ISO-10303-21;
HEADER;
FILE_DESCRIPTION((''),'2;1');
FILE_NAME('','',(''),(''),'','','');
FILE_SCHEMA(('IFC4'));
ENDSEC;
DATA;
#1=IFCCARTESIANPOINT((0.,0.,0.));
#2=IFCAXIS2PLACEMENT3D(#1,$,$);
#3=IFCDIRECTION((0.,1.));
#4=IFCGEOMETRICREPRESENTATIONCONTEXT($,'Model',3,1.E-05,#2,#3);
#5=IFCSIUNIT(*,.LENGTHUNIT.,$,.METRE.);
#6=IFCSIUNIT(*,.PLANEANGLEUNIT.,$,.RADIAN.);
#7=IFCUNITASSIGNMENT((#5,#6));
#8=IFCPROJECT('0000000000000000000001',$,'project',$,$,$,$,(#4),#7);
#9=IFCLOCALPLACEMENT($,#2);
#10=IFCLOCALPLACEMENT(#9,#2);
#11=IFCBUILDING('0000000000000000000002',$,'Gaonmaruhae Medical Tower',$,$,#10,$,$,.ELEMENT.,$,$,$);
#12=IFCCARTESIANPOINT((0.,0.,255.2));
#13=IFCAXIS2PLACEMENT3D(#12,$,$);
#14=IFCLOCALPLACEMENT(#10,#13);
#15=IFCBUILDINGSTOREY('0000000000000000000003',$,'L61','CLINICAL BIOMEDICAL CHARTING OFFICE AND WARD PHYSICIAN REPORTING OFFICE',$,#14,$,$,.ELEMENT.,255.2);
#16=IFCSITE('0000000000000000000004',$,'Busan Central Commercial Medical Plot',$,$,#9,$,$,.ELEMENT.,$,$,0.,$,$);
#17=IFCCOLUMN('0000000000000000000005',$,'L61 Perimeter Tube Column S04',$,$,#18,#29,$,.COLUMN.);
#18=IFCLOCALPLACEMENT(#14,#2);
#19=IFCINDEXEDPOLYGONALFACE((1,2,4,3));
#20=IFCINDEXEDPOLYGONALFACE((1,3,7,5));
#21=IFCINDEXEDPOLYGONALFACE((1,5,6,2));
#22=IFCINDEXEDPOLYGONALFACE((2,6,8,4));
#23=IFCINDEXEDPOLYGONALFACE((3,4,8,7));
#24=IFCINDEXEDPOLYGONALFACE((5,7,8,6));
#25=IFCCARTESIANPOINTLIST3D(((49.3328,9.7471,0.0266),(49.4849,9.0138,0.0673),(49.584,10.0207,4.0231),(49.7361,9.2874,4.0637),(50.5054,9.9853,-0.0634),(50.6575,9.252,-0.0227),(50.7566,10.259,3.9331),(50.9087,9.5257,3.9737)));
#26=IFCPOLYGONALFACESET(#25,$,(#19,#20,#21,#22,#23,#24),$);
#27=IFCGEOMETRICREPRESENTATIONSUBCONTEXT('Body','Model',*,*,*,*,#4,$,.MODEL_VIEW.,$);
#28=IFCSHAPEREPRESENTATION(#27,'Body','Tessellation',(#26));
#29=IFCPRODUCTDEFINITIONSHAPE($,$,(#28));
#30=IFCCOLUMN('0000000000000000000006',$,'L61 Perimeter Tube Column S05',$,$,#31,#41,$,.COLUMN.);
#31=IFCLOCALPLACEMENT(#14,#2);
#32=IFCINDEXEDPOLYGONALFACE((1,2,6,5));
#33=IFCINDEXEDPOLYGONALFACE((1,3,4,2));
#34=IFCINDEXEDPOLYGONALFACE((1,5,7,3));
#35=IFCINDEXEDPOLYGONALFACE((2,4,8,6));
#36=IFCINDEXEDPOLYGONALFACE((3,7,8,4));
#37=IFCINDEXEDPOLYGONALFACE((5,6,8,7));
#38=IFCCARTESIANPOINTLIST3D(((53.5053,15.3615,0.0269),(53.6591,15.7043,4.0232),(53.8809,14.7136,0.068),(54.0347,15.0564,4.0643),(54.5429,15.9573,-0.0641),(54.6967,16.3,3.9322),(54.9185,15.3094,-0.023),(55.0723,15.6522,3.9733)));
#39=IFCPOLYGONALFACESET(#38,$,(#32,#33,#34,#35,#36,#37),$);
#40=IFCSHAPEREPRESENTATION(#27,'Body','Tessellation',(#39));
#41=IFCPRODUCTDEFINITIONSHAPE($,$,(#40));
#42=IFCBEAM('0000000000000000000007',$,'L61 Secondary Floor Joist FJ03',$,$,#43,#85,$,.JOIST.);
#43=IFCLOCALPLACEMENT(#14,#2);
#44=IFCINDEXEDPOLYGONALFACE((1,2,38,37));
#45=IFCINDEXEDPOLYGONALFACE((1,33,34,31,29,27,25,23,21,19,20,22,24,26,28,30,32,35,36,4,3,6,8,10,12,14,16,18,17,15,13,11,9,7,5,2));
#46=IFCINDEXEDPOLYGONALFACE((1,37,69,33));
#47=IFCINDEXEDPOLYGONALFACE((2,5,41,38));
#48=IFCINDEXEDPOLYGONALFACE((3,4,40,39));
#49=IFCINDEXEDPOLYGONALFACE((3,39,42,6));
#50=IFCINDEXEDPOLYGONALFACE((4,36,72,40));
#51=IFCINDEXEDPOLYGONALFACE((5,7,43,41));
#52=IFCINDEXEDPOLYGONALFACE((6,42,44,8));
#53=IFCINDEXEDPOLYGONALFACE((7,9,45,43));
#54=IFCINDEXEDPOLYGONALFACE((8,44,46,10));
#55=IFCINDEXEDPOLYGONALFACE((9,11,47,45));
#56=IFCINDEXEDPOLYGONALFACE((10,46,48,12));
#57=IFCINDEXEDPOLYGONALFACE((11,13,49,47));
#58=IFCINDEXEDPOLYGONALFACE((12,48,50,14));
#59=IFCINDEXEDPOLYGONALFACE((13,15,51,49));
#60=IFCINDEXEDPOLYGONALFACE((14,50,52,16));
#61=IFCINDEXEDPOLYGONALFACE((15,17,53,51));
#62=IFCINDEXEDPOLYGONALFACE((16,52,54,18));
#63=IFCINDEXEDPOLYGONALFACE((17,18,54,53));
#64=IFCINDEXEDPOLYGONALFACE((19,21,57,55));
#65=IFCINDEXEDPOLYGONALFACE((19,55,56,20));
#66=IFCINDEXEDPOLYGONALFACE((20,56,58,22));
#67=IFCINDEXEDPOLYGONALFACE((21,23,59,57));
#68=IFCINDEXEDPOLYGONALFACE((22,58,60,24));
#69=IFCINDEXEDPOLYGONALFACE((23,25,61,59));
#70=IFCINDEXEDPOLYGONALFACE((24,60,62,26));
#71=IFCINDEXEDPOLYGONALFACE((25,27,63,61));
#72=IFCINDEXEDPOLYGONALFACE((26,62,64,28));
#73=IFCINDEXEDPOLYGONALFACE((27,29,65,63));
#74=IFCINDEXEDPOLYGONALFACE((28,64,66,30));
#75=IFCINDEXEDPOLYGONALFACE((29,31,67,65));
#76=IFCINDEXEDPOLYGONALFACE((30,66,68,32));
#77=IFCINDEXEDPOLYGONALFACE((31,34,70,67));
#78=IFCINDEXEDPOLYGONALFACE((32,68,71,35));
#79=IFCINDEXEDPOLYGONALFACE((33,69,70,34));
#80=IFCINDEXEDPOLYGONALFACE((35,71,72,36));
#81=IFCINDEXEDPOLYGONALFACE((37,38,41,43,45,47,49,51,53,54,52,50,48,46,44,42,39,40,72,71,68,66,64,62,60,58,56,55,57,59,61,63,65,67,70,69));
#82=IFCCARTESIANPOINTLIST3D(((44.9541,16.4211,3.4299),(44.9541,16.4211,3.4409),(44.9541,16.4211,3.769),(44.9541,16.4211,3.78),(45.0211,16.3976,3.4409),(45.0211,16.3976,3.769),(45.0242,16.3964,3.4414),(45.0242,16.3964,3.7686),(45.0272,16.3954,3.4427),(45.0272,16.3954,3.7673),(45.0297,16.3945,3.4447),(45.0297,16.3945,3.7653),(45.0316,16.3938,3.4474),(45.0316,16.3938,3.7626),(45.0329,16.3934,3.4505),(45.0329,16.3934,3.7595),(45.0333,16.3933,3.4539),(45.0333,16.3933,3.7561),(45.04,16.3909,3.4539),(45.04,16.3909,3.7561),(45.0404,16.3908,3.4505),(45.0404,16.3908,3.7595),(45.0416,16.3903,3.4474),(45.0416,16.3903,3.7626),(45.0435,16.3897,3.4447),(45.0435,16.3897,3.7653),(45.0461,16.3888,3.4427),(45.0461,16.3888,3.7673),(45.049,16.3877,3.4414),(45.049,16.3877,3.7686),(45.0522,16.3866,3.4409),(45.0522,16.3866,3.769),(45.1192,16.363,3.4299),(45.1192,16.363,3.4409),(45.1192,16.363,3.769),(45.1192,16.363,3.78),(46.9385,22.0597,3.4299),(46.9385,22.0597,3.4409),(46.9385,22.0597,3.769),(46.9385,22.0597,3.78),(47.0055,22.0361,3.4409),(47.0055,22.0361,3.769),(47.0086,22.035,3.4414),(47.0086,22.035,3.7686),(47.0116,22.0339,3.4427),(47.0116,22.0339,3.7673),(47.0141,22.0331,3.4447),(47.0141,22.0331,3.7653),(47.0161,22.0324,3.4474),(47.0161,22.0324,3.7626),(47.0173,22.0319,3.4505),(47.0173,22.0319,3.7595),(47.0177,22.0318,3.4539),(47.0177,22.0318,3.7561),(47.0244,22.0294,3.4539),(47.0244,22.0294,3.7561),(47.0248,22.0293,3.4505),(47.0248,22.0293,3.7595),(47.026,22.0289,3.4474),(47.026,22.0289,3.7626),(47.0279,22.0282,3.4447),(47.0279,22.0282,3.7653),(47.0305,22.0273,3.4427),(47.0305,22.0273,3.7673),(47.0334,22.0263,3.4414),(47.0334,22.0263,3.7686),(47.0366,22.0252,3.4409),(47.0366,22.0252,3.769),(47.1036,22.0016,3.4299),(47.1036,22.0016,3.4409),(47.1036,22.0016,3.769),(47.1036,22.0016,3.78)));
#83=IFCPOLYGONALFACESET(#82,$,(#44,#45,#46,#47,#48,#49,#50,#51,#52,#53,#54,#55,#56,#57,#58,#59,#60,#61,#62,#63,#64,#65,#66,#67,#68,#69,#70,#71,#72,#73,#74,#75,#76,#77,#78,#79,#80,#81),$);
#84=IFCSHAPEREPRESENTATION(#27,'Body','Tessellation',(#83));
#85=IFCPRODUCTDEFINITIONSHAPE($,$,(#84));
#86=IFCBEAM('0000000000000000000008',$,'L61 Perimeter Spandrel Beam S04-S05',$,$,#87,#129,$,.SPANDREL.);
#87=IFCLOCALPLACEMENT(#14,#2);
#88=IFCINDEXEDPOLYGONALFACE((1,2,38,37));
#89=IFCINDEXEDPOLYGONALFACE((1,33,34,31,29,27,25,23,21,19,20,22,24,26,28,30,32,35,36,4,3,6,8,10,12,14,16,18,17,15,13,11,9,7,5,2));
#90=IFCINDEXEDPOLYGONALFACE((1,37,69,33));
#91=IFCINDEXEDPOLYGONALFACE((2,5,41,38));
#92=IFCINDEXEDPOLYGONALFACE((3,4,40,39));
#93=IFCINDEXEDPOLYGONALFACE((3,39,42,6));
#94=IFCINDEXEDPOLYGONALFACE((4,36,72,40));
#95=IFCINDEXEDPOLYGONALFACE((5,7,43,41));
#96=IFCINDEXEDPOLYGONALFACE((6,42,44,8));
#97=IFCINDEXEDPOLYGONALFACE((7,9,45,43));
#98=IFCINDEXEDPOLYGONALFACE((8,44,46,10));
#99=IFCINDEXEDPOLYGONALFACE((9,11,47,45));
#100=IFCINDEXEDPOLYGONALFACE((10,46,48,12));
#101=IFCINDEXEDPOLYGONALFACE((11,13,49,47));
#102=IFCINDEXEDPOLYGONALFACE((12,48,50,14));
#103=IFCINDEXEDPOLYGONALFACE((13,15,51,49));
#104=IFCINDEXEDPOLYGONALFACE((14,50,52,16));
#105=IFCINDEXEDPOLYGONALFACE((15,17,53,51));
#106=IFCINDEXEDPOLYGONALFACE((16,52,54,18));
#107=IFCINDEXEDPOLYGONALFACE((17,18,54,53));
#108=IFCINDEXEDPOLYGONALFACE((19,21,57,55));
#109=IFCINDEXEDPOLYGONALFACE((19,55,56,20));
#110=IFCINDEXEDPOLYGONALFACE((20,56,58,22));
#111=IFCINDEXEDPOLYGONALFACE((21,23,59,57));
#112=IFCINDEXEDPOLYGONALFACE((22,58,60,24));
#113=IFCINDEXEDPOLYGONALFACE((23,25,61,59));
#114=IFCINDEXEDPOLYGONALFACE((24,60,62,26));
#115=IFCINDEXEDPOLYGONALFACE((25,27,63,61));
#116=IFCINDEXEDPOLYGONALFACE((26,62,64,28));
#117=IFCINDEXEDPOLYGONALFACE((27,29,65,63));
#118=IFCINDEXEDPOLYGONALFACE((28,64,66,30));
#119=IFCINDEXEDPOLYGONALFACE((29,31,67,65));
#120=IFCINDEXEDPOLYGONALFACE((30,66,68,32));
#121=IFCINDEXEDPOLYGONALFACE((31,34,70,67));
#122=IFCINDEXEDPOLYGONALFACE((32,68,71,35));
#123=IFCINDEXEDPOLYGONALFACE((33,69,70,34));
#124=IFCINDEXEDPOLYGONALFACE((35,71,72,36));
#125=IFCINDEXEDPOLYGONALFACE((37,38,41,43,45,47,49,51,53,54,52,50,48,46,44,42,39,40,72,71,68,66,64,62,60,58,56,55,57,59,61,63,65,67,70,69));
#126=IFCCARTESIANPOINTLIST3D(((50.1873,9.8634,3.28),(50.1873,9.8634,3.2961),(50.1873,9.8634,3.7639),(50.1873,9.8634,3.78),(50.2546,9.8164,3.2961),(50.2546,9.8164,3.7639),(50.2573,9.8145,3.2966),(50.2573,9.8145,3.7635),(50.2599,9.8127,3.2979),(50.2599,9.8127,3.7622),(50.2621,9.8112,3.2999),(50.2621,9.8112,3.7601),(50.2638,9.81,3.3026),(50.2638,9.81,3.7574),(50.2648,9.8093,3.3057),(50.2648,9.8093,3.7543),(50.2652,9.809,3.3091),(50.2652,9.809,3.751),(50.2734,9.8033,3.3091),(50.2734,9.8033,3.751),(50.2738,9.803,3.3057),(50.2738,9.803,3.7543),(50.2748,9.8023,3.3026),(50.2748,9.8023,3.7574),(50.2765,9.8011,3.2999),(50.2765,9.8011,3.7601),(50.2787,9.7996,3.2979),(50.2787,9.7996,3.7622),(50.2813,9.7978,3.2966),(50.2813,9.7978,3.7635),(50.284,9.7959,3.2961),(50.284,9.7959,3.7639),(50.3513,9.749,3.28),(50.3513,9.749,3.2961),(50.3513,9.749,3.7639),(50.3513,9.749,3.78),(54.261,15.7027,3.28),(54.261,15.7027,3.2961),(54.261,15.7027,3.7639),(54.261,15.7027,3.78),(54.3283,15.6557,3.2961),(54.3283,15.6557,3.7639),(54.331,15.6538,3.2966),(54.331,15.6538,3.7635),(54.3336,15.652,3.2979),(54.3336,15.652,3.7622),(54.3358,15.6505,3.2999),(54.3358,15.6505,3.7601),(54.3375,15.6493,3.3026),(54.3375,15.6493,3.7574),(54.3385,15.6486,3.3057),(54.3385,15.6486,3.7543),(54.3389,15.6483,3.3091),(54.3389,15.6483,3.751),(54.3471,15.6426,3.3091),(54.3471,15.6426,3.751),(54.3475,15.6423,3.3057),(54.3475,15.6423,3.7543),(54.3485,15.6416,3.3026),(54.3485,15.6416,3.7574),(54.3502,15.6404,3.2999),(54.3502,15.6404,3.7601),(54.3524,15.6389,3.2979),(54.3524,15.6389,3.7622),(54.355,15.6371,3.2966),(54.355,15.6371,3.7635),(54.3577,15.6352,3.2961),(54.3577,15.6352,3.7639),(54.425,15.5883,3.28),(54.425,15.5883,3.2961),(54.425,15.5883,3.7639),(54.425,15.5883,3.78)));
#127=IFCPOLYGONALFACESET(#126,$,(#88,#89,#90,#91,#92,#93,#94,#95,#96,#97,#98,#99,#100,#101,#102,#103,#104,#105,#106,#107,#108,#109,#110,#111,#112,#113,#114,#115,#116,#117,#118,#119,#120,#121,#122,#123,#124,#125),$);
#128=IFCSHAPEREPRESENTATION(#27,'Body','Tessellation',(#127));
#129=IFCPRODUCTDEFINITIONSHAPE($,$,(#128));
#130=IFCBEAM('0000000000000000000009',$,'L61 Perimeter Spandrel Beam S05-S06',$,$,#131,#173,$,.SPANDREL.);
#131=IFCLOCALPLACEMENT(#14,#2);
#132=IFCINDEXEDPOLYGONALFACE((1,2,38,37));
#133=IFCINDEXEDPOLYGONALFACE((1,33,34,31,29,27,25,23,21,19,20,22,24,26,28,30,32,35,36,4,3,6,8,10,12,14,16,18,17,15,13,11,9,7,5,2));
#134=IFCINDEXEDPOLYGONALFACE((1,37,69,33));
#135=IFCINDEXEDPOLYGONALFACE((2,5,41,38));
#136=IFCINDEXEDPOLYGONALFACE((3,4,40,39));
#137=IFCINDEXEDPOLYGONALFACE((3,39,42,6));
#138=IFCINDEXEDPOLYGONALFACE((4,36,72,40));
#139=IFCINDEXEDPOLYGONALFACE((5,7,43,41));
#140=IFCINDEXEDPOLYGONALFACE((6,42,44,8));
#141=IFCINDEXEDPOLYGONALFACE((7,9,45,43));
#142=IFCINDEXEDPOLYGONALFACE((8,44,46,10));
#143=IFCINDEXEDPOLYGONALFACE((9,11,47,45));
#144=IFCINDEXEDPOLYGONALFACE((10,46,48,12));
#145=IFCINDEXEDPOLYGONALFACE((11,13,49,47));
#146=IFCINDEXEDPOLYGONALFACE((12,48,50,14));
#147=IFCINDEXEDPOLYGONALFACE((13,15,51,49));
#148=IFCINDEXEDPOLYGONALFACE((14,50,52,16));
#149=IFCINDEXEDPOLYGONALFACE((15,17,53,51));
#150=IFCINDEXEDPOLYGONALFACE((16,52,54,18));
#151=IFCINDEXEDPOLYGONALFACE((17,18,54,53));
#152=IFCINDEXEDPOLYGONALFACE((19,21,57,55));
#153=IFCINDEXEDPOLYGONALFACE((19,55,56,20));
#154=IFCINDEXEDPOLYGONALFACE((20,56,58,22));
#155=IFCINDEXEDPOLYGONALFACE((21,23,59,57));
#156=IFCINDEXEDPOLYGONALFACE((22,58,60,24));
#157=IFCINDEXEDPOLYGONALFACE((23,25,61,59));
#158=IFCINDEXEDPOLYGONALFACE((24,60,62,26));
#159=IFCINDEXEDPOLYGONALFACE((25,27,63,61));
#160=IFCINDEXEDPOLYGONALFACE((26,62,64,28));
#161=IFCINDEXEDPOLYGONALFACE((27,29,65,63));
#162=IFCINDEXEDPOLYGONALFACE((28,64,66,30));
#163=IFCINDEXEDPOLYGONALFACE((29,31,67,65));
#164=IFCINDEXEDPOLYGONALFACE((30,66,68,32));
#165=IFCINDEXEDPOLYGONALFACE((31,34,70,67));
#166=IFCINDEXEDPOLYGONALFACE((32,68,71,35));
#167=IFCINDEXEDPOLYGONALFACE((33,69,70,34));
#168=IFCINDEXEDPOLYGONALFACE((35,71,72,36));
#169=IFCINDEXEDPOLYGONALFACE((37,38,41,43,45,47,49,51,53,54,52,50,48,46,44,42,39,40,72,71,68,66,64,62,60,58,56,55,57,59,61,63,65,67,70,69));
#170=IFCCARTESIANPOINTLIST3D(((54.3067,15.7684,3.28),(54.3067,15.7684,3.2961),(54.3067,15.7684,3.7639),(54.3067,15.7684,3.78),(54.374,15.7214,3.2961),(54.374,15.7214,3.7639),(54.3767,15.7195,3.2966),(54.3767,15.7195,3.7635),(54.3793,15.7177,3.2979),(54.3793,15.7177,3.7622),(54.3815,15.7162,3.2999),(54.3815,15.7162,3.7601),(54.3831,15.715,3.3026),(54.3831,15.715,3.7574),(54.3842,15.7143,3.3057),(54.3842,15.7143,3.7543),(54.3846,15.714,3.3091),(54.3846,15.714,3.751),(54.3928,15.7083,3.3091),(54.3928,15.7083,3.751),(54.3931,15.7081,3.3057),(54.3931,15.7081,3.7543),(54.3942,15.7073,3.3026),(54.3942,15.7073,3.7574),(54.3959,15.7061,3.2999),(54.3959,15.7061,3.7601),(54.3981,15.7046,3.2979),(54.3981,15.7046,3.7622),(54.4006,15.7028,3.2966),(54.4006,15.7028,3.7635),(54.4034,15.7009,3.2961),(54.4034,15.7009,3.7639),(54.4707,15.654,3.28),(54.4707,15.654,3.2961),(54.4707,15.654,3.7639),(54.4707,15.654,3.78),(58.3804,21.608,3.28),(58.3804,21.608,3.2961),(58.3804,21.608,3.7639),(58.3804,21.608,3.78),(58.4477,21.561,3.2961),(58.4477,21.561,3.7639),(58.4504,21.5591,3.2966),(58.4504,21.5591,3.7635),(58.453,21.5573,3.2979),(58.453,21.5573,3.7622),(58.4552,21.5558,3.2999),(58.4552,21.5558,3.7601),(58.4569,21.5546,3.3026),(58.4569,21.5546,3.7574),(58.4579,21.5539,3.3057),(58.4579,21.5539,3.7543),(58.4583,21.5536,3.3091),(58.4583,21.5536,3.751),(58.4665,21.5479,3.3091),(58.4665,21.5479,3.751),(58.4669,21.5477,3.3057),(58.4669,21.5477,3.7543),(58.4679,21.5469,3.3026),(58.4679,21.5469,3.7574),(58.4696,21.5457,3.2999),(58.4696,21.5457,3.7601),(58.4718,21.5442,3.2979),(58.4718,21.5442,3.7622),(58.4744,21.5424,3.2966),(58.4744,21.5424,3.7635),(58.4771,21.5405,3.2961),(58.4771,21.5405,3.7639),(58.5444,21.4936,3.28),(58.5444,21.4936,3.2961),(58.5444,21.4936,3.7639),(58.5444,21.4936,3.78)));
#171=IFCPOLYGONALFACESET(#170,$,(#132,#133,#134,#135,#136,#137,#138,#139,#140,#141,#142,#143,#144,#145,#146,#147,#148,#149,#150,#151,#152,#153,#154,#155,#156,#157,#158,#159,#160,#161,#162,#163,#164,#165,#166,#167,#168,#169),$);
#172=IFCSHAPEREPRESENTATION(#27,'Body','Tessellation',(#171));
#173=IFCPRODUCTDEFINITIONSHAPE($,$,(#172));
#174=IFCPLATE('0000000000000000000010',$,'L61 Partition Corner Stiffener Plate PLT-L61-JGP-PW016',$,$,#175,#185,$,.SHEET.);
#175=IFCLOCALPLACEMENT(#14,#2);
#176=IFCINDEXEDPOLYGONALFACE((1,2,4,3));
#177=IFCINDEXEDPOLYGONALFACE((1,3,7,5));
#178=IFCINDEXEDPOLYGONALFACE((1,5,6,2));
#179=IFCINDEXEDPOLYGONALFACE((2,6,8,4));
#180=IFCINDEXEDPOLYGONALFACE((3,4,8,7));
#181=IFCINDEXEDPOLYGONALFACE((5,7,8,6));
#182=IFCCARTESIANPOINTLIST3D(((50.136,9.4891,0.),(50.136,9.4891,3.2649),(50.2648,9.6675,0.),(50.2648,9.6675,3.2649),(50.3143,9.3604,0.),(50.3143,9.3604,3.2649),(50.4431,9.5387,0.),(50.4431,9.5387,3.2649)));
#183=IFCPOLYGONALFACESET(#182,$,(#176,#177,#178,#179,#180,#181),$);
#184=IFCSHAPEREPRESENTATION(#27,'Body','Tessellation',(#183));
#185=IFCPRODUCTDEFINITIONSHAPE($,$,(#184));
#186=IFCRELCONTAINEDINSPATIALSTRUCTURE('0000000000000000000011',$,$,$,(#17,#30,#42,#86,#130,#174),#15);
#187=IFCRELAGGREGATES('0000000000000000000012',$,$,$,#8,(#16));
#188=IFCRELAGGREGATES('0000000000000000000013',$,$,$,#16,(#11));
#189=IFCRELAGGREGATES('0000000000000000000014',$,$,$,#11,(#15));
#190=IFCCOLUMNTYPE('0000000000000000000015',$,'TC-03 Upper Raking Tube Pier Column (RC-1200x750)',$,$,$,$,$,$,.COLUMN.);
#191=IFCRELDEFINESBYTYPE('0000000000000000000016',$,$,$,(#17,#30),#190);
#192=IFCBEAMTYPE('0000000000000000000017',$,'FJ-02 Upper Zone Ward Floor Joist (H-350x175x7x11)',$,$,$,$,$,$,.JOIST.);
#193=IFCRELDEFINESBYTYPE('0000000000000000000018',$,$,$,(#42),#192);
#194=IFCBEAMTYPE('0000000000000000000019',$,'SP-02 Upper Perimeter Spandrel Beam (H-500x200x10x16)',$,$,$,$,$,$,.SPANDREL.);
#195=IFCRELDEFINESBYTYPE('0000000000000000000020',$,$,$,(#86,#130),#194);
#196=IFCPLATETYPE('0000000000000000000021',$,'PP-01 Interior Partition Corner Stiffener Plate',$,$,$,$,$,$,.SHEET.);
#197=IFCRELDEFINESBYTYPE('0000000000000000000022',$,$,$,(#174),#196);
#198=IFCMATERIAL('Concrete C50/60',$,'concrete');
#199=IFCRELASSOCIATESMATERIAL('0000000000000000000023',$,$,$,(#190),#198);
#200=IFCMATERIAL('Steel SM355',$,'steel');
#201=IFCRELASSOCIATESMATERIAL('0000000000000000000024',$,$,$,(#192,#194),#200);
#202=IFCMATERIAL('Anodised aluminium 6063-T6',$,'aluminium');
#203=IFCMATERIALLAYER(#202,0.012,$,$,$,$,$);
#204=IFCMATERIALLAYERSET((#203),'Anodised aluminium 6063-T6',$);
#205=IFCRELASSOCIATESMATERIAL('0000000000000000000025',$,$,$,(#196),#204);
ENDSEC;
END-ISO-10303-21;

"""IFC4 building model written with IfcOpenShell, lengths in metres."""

from ifc_helpers import new_model, si_unit, direction, frame, origin, origin_2d, place, context, subcontext, project, spatial, rectangle, i_section, extrude, material, layer, layer_set, material_profile, profile_set, type_object, element, save


model = new_model("IFC4")

# Units and contexts
model_context = context("Model", 3, precision=1e-05, world=origin(), true_north=direction((0.0, 1.0)))
body_context = subcontext(model_context, "Body", "Model", "MODEL_VIEW")
ifc_project = project(units=[si_unit("LENGTHUNIT", "METRE"), si_unit("PLANEANGLEUNIT", "RADIAN")], contexts=[model_context])

# Site, building, storey
site_placement = place(None, origin())
site = spatial("IfcSite", under=ifc_project, at=site_placement, Name="Busan Central Commercial Medical Plot", CompositionType="ELEMENT", RefElevation=0.0)
building_placement = place(site_placement, origin())
building = spatial("IfcBuilding", under=site, at=building_placement, Name="Gaonmaruhae Medical Tower", CompositionType="ELEMENT")
storey_placement = place(building_placement, frame((0.0, 0.0, 255.2)))
storey = spatial("IfcBuildingStorey", under=building, at=storey_placement, Name="L61", Description="CLINICAL BIOMEDICAL CHARTING OFFICE AND WARD PHYSICIAN REPORTING OFFICE", CompositionType="ELEMENT", Elevation=255.2)

# Columns
ifc_material_1 = material(Name="Concrete C50/60", Category="concrete")
ifc_material_profile_1 = material_profile(ifc_material_1, rectangle(XDim=1.2, YDim=0.75, at=origin_2d()), Name="RC-1200x750")
ifc_profile_set_1 = profile_set([ifc_material_profile_1], Name="Concrete C50/60")
column_type = type_object("IfcColumnType", Name="TC-03 Upper Raking Tube Pier Column (RC-1200x750)", PredefinedType="COLUMN", material=ifc_profile_set_1)
column_1_placement = place(storey_placement, frame((49.9951, 9.4995, 0.002), z_axis=(0.062593, 0.068189, 0.995707), x_axis=(-0.977221, -0.198518, 0.075026)))
element("IfcColumn", 1, at=column_1_placement, inside=storey, type_object=column_type, Name="L61 Perimeter Tube Column S04", PredefinedType="COLUMN", context=body_context, shape_type="SweptSolid", body=[
    extrude(rectangle(XDim=1.2, YDim=0.75, at=origin_2d()), origin(), (0.0, 0.0, 1.0), 4.0137),
])
column_2_placement = place(storey_placement, frame((54.2119, 15.3354, 0.002), z_axis=(0.038318, 0.085395, 0.99561), x_axis=(-0.864714, -0.496502, 0.075866)))
element("IfcColumn", 2, at=column_2_placement, inside=storey, type_object=column_type, Name="L61 Perimeter Tube Column S05", PredefinedType="COLUMN", context=body_context, shape_type="SweptSolid", body=[
    extrude(rectangle(XDim=1.2, YDim=0.75, at=origin_2d()), origin(), (0.0, 0.0, 1.0), 4.0139),
])

# Beams
ifc_material_2 = material(Name="Steel SM355", Category="steel")
ifc_material_profile_2 = material_profile(ifc_material_2, i_section(OverallWidth=0.175, OverallDepth=0.3501, WebThickness=0.0071, FlangeThickness=0.011, FilletRadius=0.0129, at=origin_2d()), Name="H-350x175x7x11")
ifc_profile_set_2 = profile_set([ifc_material_profile_2], Name="Steel SM355")
beam_type_1 = type_object("IfcBeamType", Name="FJ-02 Upper Zone Ward Floor Joist (H-350x175x7x11)", PredefinedType="JOIST", material=ifc_profile_set_2)
beam_1_placement = place(storey_placement, frame((45.0366, 16.3921, 3.605), z_axis=(0.331978, 0.943287, 0.0), x_axis=(-0.943287, 0.331978, 0.0)))
element("IfcBeam", 3, at=beam_1_placement, inside=storey, type_object=beam_type_1, Name="L61 Secondary Floor Joist FJ03", PredefinedType="JOIST", context=body_context, shape_type="SweptSolid", body=[
    extrude(i_section(OverallWidth=0.175, OverallDepth=0.3501, WebThickness=0.0071, FlangeThickness=0.011, FilletRadius=0.0129, at=origin_2d()), origin(), (0.0, 0.0, 1.0), 5.9775),
])
ifc_material_profile_3 = material_profile(ifc_material_2, i_section(OverallWidth=0.2, OverallDepth=0.5, WebThickness=0.01, FlangeThickness=0.0161, FilletRadius=0.0129, at=origin_2d()), Name="H-500x200x10x16")
ifc_profile_set_3 = profile_set([ifc_material_profile_3], Name="Steel SM355")
beam_type_2 = type_object("IfcBeamType", Name="SP-02 Upper Perimeter Spandrel Beam (H-500x200x10x16)", PredefinedType="SPANDREL", material=ifc_profile_set_3)
beam_2_placement = place(storey_placement, frame((50.2693, 9.8062, 3.53), z_axis=(0.572159, 0.820143, 0.0), x_axis=(-0.820143, 0.572159, 0.0)))
element("IfcBeam", 4, at=beam_2_placement, inside=storey, type_object=beam_type_2, Name="L61 Perimeter Spandrel Beam S04-S05", PredefinedType="SPANDREL", context=body_context, shape_type="SweptSolid", body=[
    extrude(i_section(OverallWidth=0.2, OverallDepth=0.5, WebThickness=0.01, FlangeThickness=0.0161, FilletRadius=0.0129, at=origin_2d()), origin(), (0.0, 0.0, 1.0), 7.1199),
])
beam_3_placement = place(storey_placement, frame((54.3887, 15.7112, 3.53), z_axis=(0.572143, 0.820154, 0.0), x_axis=(-0.820154, 0.572143, 0.0)))
element("IfcBeam", 5, at=beam_3_placement, inside=storey, type_object=beam_type_2, Name="L61 Perimeter Spandrel Beam S05-S06", PredefinedType="SPANDREL", context=body_context, shape_type="SweptSolid", body=[
    extrude(i_section(OverallWidth=0.2, OverallDepth=0.5, WebThickness=0.01, FlangeThickness=0.0161, FilletRadius=0.0129, at=origin_2d()), origin(), (0.0, 0.0, 1.0), 7.1201),
])

# Plate
ifc_material_3 = material(Name="Anodised aluminium 6063-T6", Category="aluminium")
ifc_layer_1 = layer(ifc_material_3, 0.012)
ifc_layer_set_1 = layer_set([ifc_layer_1], Name="Anodised aluminium 6063-T6")
plate_type = type_object("IfcPlateType", Name="PP-01 Interior Partition Corner Stiffener Plate", PredefinedType="SHEET", material=ifc_layer_set_1)
for number, where, z_axis, x_axis, name in (
    (6, (50.2896, 9.5139, 0.0), (0.0, 0.0, 1.0), (-0.585396, -0.810747, 0.0), "L61 Partition Corner Stiffener Plate PLT-L61-JGP-PW016"),
):
    element("IfcPlate", number, at=place(storey_placement, frame(where, z_axis=z_axis, x_axis=x_axis)), inside=storey, type_object=plate_type, Name=name, PredefinedType="SHEET", context=body_context, shape_type="SweptSolid", body=[
        extrude(rectangle(XDim=0.22, YDim=0.22, at=origin_2d()), origin(), (0.0, 0.0, 1.0), 3.2649),
    ])

save(model, "model.ifc")
